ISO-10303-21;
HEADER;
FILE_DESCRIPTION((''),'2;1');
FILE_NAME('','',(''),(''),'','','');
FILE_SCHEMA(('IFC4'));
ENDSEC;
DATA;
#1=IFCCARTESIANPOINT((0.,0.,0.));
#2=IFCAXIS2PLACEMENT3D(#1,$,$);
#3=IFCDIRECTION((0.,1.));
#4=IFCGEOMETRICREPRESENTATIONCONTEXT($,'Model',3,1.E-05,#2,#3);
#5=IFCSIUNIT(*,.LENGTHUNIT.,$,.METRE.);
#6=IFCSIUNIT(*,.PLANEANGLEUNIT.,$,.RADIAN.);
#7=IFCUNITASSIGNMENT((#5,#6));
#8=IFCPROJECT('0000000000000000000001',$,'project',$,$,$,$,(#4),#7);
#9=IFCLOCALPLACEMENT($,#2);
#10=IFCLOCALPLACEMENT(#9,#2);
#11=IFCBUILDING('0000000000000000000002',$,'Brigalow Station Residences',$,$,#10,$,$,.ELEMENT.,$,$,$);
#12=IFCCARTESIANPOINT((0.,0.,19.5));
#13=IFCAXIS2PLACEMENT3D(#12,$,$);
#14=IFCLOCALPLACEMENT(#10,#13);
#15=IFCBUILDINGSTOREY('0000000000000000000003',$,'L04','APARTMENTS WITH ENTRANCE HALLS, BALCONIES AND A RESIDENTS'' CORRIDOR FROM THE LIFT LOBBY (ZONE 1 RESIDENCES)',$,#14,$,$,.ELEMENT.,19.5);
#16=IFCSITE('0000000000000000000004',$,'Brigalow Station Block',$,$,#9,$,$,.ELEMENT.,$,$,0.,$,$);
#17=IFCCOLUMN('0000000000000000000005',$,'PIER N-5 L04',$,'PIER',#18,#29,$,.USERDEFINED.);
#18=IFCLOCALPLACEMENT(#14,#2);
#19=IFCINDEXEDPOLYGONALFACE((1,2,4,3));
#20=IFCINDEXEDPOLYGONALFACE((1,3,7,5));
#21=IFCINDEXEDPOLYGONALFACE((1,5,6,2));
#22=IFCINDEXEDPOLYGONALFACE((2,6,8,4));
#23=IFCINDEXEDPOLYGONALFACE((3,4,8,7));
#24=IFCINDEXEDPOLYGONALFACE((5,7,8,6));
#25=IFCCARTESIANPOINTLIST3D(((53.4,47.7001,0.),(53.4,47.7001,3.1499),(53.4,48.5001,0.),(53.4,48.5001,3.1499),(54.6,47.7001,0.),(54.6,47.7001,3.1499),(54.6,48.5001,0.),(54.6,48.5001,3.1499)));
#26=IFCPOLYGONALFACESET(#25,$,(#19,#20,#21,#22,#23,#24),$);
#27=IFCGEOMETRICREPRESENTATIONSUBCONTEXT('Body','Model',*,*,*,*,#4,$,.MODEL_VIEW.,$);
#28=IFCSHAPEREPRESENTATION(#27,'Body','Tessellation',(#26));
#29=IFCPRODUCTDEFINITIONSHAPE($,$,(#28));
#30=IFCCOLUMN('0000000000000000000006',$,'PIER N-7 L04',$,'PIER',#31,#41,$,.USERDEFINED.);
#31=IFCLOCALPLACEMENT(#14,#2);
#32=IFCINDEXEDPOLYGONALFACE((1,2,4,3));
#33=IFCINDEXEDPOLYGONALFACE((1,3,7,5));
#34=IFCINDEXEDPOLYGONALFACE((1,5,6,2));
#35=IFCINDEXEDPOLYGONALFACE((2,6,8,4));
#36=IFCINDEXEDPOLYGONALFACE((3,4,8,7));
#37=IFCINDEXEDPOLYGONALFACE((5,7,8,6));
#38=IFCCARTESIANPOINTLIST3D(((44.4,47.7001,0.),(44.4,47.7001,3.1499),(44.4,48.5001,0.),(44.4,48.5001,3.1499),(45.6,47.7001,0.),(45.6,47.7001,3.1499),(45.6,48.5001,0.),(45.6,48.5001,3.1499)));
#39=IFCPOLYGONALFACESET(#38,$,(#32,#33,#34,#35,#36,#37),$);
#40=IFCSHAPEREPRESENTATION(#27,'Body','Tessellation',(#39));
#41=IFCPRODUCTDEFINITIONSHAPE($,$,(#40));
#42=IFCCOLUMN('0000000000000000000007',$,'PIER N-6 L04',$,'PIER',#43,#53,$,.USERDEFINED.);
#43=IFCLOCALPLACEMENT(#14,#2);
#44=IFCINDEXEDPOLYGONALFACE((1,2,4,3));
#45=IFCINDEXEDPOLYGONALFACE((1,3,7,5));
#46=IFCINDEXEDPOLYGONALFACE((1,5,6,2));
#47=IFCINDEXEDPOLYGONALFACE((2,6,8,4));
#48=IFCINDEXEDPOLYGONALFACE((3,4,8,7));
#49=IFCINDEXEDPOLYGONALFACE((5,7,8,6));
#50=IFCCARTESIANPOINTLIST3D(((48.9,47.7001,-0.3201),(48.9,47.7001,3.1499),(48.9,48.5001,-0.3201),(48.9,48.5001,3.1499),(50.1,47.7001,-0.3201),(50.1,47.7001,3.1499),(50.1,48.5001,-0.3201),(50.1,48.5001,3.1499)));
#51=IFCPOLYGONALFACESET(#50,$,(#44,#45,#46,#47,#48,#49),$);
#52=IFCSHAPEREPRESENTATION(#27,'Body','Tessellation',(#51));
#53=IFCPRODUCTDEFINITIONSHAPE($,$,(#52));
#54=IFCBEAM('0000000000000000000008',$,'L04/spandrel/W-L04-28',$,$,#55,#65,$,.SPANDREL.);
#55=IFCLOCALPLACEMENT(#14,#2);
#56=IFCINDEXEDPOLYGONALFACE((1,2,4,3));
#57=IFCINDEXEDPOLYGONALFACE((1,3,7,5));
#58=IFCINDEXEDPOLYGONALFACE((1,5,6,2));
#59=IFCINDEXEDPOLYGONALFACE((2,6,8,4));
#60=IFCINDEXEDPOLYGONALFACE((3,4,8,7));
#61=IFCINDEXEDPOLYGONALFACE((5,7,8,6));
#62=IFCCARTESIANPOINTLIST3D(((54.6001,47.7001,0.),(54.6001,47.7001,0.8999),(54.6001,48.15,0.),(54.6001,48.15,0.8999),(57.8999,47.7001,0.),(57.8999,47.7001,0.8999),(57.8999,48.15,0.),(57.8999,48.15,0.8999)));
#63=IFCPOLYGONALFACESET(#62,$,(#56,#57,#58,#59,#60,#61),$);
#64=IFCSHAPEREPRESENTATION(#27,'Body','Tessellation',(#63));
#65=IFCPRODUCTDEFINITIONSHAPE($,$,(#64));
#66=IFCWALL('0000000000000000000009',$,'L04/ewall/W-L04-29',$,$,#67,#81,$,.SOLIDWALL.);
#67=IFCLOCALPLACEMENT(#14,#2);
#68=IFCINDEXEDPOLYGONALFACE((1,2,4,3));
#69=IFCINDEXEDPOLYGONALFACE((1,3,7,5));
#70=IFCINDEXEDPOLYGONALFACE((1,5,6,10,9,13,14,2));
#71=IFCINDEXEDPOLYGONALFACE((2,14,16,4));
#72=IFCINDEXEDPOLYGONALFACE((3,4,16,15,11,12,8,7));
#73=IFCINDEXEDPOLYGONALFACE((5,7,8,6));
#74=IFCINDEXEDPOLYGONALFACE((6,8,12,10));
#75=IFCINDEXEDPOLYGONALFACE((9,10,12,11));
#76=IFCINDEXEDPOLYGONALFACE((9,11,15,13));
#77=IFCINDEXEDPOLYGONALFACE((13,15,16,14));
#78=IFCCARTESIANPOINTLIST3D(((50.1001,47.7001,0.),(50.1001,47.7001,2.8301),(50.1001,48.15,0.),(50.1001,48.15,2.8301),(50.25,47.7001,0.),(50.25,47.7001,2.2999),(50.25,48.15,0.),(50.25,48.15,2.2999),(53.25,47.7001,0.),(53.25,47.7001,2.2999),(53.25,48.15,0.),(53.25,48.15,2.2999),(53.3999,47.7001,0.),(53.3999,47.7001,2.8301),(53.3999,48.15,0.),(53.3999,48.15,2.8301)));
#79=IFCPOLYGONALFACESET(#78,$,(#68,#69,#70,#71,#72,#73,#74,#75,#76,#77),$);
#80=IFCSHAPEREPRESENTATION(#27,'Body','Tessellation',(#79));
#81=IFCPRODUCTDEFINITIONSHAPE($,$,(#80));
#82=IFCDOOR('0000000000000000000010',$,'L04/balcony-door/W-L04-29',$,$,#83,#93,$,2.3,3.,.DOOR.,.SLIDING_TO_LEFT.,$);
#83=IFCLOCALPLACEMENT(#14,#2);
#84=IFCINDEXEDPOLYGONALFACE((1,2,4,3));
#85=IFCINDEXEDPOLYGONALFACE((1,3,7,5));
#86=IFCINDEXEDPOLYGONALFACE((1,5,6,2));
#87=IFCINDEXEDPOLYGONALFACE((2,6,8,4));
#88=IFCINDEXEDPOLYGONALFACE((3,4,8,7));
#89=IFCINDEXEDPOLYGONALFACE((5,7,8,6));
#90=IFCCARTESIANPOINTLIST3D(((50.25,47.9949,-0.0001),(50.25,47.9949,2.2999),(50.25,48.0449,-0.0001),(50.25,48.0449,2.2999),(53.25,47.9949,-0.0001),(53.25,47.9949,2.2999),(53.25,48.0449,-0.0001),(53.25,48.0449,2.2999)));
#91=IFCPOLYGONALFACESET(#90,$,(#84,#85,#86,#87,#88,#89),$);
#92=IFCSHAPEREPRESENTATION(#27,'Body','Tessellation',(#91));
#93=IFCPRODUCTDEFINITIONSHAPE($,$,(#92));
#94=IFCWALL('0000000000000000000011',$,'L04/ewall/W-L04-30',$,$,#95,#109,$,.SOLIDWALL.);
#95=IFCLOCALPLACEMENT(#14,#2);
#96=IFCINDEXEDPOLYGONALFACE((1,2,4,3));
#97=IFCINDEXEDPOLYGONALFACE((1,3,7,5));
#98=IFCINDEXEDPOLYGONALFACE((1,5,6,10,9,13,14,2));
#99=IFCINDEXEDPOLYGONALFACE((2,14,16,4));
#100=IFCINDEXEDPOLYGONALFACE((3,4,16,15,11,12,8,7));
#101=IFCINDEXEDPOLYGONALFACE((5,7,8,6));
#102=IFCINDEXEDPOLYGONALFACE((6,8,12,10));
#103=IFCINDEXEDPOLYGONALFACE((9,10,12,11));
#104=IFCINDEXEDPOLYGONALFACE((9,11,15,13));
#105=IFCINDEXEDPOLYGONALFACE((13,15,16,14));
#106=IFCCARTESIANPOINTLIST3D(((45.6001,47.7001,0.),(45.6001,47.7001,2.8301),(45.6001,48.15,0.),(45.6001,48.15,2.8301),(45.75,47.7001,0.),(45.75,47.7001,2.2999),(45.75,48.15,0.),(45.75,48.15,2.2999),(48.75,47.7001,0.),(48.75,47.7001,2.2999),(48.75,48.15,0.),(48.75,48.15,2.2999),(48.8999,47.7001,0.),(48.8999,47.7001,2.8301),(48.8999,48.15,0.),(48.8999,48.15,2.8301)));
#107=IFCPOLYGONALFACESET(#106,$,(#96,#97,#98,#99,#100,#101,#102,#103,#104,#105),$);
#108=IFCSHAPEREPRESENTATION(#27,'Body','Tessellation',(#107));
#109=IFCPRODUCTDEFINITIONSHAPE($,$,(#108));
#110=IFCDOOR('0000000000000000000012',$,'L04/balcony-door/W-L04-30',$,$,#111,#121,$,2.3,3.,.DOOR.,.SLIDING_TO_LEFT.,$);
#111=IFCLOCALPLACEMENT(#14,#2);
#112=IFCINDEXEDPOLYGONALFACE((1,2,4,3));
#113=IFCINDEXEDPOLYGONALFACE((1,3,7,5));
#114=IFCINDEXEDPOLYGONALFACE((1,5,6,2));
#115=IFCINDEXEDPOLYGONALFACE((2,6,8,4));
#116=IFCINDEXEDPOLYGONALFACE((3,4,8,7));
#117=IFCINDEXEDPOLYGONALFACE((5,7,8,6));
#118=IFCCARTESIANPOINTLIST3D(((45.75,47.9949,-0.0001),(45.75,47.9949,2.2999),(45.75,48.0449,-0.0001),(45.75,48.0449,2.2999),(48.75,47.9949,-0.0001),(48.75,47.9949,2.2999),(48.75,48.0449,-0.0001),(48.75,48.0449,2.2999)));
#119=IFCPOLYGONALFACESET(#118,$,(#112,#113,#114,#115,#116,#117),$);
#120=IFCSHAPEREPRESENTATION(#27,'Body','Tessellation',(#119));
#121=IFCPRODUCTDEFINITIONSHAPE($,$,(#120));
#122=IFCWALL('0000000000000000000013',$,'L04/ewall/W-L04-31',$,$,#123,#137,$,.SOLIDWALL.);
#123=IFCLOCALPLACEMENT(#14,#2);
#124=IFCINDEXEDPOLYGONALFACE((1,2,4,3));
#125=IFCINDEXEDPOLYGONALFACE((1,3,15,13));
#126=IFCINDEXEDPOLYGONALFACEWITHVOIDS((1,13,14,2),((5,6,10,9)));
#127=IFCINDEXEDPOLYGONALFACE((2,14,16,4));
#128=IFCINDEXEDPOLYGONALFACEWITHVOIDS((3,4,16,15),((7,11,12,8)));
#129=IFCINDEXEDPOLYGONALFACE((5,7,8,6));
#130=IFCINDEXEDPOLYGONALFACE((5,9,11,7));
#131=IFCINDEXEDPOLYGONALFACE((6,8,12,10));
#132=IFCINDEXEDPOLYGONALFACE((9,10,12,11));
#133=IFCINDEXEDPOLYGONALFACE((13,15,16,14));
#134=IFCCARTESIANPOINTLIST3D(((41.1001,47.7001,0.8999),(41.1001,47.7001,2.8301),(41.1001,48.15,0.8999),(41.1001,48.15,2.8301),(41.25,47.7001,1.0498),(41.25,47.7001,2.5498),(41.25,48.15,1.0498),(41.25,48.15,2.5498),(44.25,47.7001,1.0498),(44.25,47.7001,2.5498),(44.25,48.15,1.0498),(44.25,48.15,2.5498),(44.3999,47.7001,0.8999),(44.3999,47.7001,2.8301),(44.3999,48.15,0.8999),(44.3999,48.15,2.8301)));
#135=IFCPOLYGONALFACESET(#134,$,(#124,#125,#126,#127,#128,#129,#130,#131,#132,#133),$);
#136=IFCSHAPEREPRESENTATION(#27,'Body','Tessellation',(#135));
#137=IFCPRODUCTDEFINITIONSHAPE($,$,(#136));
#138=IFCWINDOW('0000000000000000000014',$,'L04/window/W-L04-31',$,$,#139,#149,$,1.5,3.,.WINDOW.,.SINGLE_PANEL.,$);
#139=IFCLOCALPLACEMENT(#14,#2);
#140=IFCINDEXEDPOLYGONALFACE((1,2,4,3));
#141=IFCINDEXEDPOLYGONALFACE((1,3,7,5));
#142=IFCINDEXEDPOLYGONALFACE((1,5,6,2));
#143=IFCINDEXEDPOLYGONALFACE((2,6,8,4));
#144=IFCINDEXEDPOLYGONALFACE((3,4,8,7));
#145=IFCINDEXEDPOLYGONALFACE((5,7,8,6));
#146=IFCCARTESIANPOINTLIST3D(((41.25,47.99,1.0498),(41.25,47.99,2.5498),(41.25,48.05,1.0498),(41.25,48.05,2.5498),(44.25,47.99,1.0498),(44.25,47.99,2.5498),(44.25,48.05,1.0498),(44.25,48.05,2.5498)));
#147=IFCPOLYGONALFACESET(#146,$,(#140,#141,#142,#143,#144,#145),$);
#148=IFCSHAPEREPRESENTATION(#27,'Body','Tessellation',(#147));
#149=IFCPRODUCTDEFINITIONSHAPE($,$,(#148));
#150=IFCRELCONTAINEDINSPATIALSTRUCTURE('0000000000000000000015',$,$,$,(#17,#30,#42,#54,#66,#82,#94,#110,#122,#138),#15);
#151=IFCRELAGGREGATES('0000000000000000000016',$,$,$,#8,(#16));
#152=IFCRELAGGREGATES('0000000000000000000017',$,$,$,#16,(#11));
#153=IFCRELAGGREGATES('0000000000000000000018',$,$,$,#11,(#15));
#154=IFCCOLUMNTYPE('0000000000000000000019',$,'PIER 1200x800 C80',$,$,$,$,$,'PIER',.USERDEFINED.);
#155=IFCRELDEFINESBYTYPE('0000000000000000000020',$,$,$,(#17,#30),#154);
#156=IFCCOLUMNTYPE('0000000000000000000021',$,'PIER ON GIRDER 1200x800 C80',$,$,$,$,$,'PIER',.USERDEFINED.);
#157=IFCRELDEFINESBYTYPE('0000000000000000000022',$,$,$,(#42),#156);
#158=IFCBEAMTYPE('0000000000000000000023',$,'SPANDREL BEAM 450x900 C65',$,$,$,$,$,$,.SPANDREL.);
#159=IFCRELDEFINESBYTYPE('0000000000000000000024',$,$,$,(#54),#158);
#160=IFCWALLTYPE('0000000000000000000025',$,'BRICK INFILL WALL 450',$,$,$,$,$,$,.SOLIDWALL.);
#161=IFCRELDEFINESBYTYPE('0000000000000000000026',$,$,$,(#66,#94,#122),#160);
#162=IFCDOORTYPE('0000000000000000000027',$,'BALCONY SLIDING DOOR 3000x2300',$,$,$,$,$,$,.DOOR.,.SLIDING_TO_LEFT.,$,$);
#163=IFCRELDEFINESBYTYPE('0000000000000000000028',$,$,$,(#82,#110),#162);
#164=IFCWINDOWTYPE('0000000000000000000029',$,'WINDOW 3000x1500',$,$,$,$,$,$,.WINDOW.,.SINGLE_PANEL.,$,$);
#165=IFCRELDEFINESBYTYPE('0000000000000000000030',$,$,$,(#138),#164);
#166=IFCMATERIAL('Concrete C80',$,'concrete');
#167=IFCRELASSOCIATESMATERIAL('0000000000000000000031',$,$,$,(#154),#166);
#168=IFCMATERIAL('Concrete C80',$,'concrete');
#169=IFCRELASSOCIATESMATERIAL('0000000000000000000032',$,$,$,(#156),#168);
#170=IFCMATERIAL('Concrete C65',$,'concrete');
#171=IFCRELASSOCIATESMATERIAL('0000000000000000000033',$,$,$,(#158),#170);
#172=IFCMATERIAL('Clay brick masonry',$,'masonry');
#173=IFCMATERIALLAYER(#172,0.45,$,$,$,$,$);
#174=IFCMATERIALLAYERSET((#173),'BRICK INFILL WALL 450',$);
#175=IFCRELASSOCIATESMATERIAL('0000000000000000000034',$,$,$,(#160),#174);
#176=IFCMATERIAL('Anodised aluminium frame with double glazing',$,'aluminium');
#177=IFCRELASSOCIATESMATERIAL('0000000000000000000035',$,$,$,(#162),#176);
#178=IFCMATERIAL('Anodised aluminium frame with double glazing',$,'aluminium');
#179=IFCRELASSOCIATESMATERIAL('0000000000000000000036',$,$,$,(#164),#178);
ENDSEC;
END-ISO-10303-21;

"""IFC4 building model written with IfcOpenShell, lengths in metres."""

from ifc_helpers import new_model, si_unit, direction, frame, frame_2d, origin, origin_2d, place, context, subcontext, project, spatial, rectangle, extrude, material, layer, layer_set, material_profile, profile_set, type_object, element, fill, save


model = new_model("IFC4")

# Units and contexts
model_context = context("Model", 3, precision=1e-05, world=origin(), true_north=direction((0.0, 1.0)))
body_context = subcontext(model_context, "Body", "Model", "MODEL_VIEW")
ifc_project = project(units=[si_unit("LENGTHUNIT", "METRE"), si_unit("PLANEANGLEUNIT", "RADIAN")], contexts=[model_context])

# Site, building, storey
site_placement = place(None, origin())
site = spatial("IfcSite", under=ifc_project, at=site_placement, Name="Brigalow Station Block", CompositionType="ELEMENT", RefElevation=0.0)
building_placement = place(site_placement, origin())
building = spatial("IfcBuilding", under=site, at=building_placement, Name="Brigalow Station Residences", CompositionType="ELEMENT")
storey_placement = place(building_placement, frame((0.0, 0.0, 19.5)))
storey = spatial("IfcBuildingStorey", under=building, at=storey_placement, Name="L04", Description="APARTMENTS WITH ENTRANCE HALLS, BALCONIES AND A RESIDENTS' CORRIDOR FROM THE LIFT LOBBY (ZONE 1 RESIDENCES)", CompositionType="ELEMENT", Elevation=19.5)

# Columns
ifc_material_1 = material(Name="Concrete C80", Category="concrete")
ifc_material_profile_1 = material_profile(ifc_material_1, rectangle(XDim=1.2, YDim=0.8, at=origin_2d()), Name="RC1200x800")
ifc_profile_set_1 = profile_set([ifc_material_profile_1], Name="Concrete C80")
column_type_1 = type_object("IfcColumnType", Name="PIER 1200x800 C80", ElementType="PIER", PredefinedType="USERDEFINED", material=ifc_profile_set_1)
for number, where, z_axis, x_axis, name in (
    (1, (54.0, 48.1001, 0.0), (0.0, 0.0, 1.0), (-1.0, 0.0, 0.0), "PIER N-5 L04"),
    (2, (45.0, 48.1001, 0.0), (0.0, 0.0, 1.0), (-1.0, 0.0, 0.0), "PIER N-7 L04"),
):
    element("IfcColumn", number, at=place(storey_placement, frame(where, z_axis=z_axis, x_axis=x_axis)), inside=storey, type_object=column_type_1, Name=name, ObjectType="PIER", PredefinedType="USERDEFINED", context=body_context, shape_type="SweptSolid", body=[
        extrude(rectangle(XDim=1.2, YDim=0.8, at=origin_2d()), origin(), (0.0, 0.0, 1.0), 3.1499),
    ])
ifc_material_2 = material(Name="Concrete C80", Category="concrete")
ifc_material_profile_2 = material_profile(ifc_material_2, rectangle(XDim=1.2, YDim=0.8, at=origin_2d()), Name="RC1200x800")
ifc_profile_set_2 = profile_set([ifc_material_profile_2], Name="Concrete C80")
column_type_2 = type_object("IfcColumnType", Name="PIER ON GIRDER 1200x800 C80", ElementType="PIER", PredefinedType="USERDEFINED", material=ifc_profile_set_2)
column_placement = place(storey_placement, frame((49.5, 48.1001, -0.3201), z_axis=(0.0, 0.0, 1.0), x_axis=(-1.0, 0.0, 0.0)))
element("IfcColumn", 3, at=column_placement, inside=storey, type_object=column_type_2, Name="PIER N-6 L04", ObjectType="PIER", PredefinedType="USERDEFINED", context=body_context, shape_type="SweptSolid", body=[
    extrude(rectangle(XDim=1.2, YDim=0.8, at=origin_2d()), origin(), (0.0, 0.0, 1.0), 3.47),
])

# Beam
ifc_material_3 = material(Name="Concrete C65", Category="concrete")
ifc_material_profile_3 = material_profile(ifc_material_3, rectangle(XDim=0.45, YDim=0.8999, at=origin_2d()), Name="RC450x900")
ifc_profile_set_3 = profile_set([ifc_material_profile_3], Name="Concrete C65")
beam_type = type_object("IfcBeamType", Name="SPANDREL BEAM 450x900 C65", PredefinedType="SPANDREL", material=ifc_profile_set_3)
beam_placement = place(storey_placement, frame((57.8999, 47.925, 0.45), z_axis=(-1.0, 0.0, 0.0), x_axis=(0.0, -1.0, 0.0)))
element("IfcBeam", 4, at=beam_placement, inside=storey, type_object=beam_type, Name="L04/spandrel/W-L04-28", PredefinedType="SPANDREL", context=body_context, shape_type="SweptSolid", body=[
    extrude(rectangle(XDim=0.45, YDim=0.8999, at=origin_2d()), origin(), (0.0, 0.0, 1.0), 3.2998),
])

# Walls, openings, doors
ifc_material_4 = material(Name="Clay brick masonry", Category="masonry")
ifc_layer_1 = layer(ifc_material_4, 0.45)
ifc_layer_set_1 = layer_set([ifc_layer_1], Name="BRICK INFILL WALL 450")
wall_type_1 = type_object("IfcWallType", Name="BRICK INFILL WALL 450", PredefinedType="SOLIDWALL", material=ifc_layer_set_1)
wall_1_placement = place(storey_placement, frame((53.3999, 47.925, 0.0), z_axis=(0.0, 0.0, 1.0), x_axis=(-1.0, 0.0, 0.0)))
wall_1 = element("IfcWall", 5, at=wall_1_placement, inside=storey, type_object=wall_type_1, Name="L04/ewall/W-L04-29", PredefinedType="SOLIDWALL", context=body_context, shape_type="SweptSolid", body=[
    extrude(rectangle(XDim=3.2998, YDim=0.45, at=frame_2d((1.6499, 0.0))), origin(), (0.0, 0.0, 1.0), 2.8301),
])
opening_1_placement = place(wall_1_placement, frame((0.1499, 0.0, 0.0)))
opening_1 = element("IfcOpeningElement", 6, at=opening_1_placement, cuts=wall_1, PredefinedType="OPENING", context=body_context, shape_type="SweptSolid", body=[
    extrude(rectangle(XDim=3.0, YDim=2.3, at=frame_2d((1.5, 1.1499))), frame((0.0, 0.2349, 0.0), z_axis=(0.0, -1.0, 0.0), x_axis=(1.0, 0.0, 0.0)), (0.0, 0.0, 1.0), 0.47),
])
ifc_material_5 = material(Name="Anodised aluminium frame with double glazing", Category="aluminium")
door_type_1 = type_object("IfcDoorType", Name="BALCONY SLIDING DOOR 3000x2300", OperationType="SLIDING_TO_LEFT", PredefinedType="DOOR", material=ifc_material_5)
door_1_placement = place(opening_1_placement, origin())
door_1 = element("IfcDoor", 7, at=door_1_placement, inside=storey, type_object=door_type_1, Name="L04/balcony-door/W-L04-29", OperationType="SLIDING_TO_LEFT", OverallHeight=2.3, OverallWidth=3.0, PredefinedType="DOOR", context=body_context, shape_type="SweptSolid", body=[
    extrude(rectangle(XDim=3.0, YDim=2.3, at=frame_2d((1.5, 1.1499))), frame((0.0, -0.0698, 0.0), z_axis=(0.0, -1.0, 0.0), x_axis=(1.0, 0.0, 0.0)), (0.0, 0.0, 1.0), 0.05),
])
fill(opening_1, door_1)
wall_2_placement = place(storey_placement, frame((48.8999, 47.925, 0.0), z_axis=(0.0, 0.0, 1.0), x_axis=(-1.0, 0.0, 0.0)))
wall_2 = element("IfcWall", 8, at=wall_2_placement, inside=storey, type_object=wall_type_1, Name="L04/ewall/W-L04-30", PredefinedType="SOLIDWALL", context=body_context, shape_type="SweptSolid", body=[
    extrude(rectangle(XDim=3.2998, YDim=0.45, at=frame_2d((1.6499, 0.0))), origin(), (0.0, 0.0, 1.0), 2.8301),
])
opening_2_placement = place(wall_2_placement, frame((0.1499, 0.0, 0.0)))
opening_2 = element("IfcOpeningElement", 9, at=opening_2_placement, cuts=wall_2, PredefinedType="OPENING", context=body_context, shape_type="SweptSolid", body=[
    extrude(rectangle(XDim=3.0, YDim=2.3, at=frame_2d((1.5, 1.1499))), frame((0.0, 0.2349, 0.0), z_axis=(0.0, -1.0, 0.0), x_axis=(1.0, 0.0, 0.0)), (0.0, 0.0, 1.0), 0.47),
])
door_2_placement = place(opening_2_placement, origin())
door_2 = element("IfcDoor", 10, at=door_2_placement, inside=storey, type_object=door_type_1, Name="L04/balcony-door/W-L04-30", OperationType="SLIDING_TO_LEFT", OverallHeight=2.3, OverallWidth=3.0, PredefinedType="DOOR", context=body_context, shape_type="SweptSolid", body=[
    extrude(rectangle(XDim=3.0, YDim=2.3, at=frame_2d((1.5, 1.1499))), frame((0.0, -0.0698, 0.0), z_axis=(0.0, -1.0, 0.0), x_axis=(1.0, 0.0, 0.0)), (0.0, 0.0, 1.0), 0.05),
])
fill(opening_2, door_2)

# Wall, opening, window
wall_3_placement = place(storey_placement, frame((44.3999, 47.925, 0.8999), z_axis=(0.0, 0.0, 1.0), x_axis=(-1.0, 0.0, 0.0)))
wall_3 = element("IfcWall", 11, at=wall_3_placement, inside=storey, type_object=wall_type_1, Name="L04/ewall/W-L04-31", PredefinedType="SOLIDWALL", context=body_context, shape_type="SweptSolid", body=[
    extrude(rectangle(XDim=3.2998, YDim=0.45, at=frame_2d((1.6499, 0.0))), origin(), (0.0, 0.0, 1.0), 1.9302),
])
opening_3_placement = place(wall_3_placement, frame((0.1499, 0.0, 0.1499)))
opening_3 = element("IfcOpeningElement", 12, at=opening_3_placement, cuts=wall_3, PredefinedType="OPENING", context=body_context, shape_type="SweptSolid", body=[
    extrude(rectangle(XDim=3.0, YDim=1.5, at=frame_2d((1.5, 0.75))), frame((0.0, 0.2349, 0.0), z_axis=(0.0, -1.0, 0.0), x_axis=(1.0, 0.0, 0.0)), (0.0, 0.0, 1.0), 0.47),
])
ifc_material_6 = material(Name="Anodised aluminium frame with double glazing", Category="aluminium")
window_type = type_object("IfcWindowType", Name="WINDOW 3000x1500", PartitioningType="SINGLE_PANEL", PredefinedType="WINDOW", material=ifc_material_6)
window_placement = place(opening_3_placement, origin())
window = element("IfcWindow", 13, at=window_placement, inside=storey, type_object=window_type, Name="L04/window/W-L04-31", OverallHeight=1.5, OverallWidth=3.0, PartitioningType="SINGLE_PANEL", PredefinedType="WINDOW", context=body_context, shape_type="SweptSolid", body=[
    extrude(rectangle(XDim=3.0, YDim=1.5, at=frame_2d((1.5, 0.75))), frame((0.0, -0.0649, 0.0), z_axis=(0.0, -1.0, 0.0), x_axis=(1.0, 0.0, 0.0)), (0.0, 0.0, 1.0), 0.0601),
])
fill(opening_3, window)

save(model, "model.ifc")
